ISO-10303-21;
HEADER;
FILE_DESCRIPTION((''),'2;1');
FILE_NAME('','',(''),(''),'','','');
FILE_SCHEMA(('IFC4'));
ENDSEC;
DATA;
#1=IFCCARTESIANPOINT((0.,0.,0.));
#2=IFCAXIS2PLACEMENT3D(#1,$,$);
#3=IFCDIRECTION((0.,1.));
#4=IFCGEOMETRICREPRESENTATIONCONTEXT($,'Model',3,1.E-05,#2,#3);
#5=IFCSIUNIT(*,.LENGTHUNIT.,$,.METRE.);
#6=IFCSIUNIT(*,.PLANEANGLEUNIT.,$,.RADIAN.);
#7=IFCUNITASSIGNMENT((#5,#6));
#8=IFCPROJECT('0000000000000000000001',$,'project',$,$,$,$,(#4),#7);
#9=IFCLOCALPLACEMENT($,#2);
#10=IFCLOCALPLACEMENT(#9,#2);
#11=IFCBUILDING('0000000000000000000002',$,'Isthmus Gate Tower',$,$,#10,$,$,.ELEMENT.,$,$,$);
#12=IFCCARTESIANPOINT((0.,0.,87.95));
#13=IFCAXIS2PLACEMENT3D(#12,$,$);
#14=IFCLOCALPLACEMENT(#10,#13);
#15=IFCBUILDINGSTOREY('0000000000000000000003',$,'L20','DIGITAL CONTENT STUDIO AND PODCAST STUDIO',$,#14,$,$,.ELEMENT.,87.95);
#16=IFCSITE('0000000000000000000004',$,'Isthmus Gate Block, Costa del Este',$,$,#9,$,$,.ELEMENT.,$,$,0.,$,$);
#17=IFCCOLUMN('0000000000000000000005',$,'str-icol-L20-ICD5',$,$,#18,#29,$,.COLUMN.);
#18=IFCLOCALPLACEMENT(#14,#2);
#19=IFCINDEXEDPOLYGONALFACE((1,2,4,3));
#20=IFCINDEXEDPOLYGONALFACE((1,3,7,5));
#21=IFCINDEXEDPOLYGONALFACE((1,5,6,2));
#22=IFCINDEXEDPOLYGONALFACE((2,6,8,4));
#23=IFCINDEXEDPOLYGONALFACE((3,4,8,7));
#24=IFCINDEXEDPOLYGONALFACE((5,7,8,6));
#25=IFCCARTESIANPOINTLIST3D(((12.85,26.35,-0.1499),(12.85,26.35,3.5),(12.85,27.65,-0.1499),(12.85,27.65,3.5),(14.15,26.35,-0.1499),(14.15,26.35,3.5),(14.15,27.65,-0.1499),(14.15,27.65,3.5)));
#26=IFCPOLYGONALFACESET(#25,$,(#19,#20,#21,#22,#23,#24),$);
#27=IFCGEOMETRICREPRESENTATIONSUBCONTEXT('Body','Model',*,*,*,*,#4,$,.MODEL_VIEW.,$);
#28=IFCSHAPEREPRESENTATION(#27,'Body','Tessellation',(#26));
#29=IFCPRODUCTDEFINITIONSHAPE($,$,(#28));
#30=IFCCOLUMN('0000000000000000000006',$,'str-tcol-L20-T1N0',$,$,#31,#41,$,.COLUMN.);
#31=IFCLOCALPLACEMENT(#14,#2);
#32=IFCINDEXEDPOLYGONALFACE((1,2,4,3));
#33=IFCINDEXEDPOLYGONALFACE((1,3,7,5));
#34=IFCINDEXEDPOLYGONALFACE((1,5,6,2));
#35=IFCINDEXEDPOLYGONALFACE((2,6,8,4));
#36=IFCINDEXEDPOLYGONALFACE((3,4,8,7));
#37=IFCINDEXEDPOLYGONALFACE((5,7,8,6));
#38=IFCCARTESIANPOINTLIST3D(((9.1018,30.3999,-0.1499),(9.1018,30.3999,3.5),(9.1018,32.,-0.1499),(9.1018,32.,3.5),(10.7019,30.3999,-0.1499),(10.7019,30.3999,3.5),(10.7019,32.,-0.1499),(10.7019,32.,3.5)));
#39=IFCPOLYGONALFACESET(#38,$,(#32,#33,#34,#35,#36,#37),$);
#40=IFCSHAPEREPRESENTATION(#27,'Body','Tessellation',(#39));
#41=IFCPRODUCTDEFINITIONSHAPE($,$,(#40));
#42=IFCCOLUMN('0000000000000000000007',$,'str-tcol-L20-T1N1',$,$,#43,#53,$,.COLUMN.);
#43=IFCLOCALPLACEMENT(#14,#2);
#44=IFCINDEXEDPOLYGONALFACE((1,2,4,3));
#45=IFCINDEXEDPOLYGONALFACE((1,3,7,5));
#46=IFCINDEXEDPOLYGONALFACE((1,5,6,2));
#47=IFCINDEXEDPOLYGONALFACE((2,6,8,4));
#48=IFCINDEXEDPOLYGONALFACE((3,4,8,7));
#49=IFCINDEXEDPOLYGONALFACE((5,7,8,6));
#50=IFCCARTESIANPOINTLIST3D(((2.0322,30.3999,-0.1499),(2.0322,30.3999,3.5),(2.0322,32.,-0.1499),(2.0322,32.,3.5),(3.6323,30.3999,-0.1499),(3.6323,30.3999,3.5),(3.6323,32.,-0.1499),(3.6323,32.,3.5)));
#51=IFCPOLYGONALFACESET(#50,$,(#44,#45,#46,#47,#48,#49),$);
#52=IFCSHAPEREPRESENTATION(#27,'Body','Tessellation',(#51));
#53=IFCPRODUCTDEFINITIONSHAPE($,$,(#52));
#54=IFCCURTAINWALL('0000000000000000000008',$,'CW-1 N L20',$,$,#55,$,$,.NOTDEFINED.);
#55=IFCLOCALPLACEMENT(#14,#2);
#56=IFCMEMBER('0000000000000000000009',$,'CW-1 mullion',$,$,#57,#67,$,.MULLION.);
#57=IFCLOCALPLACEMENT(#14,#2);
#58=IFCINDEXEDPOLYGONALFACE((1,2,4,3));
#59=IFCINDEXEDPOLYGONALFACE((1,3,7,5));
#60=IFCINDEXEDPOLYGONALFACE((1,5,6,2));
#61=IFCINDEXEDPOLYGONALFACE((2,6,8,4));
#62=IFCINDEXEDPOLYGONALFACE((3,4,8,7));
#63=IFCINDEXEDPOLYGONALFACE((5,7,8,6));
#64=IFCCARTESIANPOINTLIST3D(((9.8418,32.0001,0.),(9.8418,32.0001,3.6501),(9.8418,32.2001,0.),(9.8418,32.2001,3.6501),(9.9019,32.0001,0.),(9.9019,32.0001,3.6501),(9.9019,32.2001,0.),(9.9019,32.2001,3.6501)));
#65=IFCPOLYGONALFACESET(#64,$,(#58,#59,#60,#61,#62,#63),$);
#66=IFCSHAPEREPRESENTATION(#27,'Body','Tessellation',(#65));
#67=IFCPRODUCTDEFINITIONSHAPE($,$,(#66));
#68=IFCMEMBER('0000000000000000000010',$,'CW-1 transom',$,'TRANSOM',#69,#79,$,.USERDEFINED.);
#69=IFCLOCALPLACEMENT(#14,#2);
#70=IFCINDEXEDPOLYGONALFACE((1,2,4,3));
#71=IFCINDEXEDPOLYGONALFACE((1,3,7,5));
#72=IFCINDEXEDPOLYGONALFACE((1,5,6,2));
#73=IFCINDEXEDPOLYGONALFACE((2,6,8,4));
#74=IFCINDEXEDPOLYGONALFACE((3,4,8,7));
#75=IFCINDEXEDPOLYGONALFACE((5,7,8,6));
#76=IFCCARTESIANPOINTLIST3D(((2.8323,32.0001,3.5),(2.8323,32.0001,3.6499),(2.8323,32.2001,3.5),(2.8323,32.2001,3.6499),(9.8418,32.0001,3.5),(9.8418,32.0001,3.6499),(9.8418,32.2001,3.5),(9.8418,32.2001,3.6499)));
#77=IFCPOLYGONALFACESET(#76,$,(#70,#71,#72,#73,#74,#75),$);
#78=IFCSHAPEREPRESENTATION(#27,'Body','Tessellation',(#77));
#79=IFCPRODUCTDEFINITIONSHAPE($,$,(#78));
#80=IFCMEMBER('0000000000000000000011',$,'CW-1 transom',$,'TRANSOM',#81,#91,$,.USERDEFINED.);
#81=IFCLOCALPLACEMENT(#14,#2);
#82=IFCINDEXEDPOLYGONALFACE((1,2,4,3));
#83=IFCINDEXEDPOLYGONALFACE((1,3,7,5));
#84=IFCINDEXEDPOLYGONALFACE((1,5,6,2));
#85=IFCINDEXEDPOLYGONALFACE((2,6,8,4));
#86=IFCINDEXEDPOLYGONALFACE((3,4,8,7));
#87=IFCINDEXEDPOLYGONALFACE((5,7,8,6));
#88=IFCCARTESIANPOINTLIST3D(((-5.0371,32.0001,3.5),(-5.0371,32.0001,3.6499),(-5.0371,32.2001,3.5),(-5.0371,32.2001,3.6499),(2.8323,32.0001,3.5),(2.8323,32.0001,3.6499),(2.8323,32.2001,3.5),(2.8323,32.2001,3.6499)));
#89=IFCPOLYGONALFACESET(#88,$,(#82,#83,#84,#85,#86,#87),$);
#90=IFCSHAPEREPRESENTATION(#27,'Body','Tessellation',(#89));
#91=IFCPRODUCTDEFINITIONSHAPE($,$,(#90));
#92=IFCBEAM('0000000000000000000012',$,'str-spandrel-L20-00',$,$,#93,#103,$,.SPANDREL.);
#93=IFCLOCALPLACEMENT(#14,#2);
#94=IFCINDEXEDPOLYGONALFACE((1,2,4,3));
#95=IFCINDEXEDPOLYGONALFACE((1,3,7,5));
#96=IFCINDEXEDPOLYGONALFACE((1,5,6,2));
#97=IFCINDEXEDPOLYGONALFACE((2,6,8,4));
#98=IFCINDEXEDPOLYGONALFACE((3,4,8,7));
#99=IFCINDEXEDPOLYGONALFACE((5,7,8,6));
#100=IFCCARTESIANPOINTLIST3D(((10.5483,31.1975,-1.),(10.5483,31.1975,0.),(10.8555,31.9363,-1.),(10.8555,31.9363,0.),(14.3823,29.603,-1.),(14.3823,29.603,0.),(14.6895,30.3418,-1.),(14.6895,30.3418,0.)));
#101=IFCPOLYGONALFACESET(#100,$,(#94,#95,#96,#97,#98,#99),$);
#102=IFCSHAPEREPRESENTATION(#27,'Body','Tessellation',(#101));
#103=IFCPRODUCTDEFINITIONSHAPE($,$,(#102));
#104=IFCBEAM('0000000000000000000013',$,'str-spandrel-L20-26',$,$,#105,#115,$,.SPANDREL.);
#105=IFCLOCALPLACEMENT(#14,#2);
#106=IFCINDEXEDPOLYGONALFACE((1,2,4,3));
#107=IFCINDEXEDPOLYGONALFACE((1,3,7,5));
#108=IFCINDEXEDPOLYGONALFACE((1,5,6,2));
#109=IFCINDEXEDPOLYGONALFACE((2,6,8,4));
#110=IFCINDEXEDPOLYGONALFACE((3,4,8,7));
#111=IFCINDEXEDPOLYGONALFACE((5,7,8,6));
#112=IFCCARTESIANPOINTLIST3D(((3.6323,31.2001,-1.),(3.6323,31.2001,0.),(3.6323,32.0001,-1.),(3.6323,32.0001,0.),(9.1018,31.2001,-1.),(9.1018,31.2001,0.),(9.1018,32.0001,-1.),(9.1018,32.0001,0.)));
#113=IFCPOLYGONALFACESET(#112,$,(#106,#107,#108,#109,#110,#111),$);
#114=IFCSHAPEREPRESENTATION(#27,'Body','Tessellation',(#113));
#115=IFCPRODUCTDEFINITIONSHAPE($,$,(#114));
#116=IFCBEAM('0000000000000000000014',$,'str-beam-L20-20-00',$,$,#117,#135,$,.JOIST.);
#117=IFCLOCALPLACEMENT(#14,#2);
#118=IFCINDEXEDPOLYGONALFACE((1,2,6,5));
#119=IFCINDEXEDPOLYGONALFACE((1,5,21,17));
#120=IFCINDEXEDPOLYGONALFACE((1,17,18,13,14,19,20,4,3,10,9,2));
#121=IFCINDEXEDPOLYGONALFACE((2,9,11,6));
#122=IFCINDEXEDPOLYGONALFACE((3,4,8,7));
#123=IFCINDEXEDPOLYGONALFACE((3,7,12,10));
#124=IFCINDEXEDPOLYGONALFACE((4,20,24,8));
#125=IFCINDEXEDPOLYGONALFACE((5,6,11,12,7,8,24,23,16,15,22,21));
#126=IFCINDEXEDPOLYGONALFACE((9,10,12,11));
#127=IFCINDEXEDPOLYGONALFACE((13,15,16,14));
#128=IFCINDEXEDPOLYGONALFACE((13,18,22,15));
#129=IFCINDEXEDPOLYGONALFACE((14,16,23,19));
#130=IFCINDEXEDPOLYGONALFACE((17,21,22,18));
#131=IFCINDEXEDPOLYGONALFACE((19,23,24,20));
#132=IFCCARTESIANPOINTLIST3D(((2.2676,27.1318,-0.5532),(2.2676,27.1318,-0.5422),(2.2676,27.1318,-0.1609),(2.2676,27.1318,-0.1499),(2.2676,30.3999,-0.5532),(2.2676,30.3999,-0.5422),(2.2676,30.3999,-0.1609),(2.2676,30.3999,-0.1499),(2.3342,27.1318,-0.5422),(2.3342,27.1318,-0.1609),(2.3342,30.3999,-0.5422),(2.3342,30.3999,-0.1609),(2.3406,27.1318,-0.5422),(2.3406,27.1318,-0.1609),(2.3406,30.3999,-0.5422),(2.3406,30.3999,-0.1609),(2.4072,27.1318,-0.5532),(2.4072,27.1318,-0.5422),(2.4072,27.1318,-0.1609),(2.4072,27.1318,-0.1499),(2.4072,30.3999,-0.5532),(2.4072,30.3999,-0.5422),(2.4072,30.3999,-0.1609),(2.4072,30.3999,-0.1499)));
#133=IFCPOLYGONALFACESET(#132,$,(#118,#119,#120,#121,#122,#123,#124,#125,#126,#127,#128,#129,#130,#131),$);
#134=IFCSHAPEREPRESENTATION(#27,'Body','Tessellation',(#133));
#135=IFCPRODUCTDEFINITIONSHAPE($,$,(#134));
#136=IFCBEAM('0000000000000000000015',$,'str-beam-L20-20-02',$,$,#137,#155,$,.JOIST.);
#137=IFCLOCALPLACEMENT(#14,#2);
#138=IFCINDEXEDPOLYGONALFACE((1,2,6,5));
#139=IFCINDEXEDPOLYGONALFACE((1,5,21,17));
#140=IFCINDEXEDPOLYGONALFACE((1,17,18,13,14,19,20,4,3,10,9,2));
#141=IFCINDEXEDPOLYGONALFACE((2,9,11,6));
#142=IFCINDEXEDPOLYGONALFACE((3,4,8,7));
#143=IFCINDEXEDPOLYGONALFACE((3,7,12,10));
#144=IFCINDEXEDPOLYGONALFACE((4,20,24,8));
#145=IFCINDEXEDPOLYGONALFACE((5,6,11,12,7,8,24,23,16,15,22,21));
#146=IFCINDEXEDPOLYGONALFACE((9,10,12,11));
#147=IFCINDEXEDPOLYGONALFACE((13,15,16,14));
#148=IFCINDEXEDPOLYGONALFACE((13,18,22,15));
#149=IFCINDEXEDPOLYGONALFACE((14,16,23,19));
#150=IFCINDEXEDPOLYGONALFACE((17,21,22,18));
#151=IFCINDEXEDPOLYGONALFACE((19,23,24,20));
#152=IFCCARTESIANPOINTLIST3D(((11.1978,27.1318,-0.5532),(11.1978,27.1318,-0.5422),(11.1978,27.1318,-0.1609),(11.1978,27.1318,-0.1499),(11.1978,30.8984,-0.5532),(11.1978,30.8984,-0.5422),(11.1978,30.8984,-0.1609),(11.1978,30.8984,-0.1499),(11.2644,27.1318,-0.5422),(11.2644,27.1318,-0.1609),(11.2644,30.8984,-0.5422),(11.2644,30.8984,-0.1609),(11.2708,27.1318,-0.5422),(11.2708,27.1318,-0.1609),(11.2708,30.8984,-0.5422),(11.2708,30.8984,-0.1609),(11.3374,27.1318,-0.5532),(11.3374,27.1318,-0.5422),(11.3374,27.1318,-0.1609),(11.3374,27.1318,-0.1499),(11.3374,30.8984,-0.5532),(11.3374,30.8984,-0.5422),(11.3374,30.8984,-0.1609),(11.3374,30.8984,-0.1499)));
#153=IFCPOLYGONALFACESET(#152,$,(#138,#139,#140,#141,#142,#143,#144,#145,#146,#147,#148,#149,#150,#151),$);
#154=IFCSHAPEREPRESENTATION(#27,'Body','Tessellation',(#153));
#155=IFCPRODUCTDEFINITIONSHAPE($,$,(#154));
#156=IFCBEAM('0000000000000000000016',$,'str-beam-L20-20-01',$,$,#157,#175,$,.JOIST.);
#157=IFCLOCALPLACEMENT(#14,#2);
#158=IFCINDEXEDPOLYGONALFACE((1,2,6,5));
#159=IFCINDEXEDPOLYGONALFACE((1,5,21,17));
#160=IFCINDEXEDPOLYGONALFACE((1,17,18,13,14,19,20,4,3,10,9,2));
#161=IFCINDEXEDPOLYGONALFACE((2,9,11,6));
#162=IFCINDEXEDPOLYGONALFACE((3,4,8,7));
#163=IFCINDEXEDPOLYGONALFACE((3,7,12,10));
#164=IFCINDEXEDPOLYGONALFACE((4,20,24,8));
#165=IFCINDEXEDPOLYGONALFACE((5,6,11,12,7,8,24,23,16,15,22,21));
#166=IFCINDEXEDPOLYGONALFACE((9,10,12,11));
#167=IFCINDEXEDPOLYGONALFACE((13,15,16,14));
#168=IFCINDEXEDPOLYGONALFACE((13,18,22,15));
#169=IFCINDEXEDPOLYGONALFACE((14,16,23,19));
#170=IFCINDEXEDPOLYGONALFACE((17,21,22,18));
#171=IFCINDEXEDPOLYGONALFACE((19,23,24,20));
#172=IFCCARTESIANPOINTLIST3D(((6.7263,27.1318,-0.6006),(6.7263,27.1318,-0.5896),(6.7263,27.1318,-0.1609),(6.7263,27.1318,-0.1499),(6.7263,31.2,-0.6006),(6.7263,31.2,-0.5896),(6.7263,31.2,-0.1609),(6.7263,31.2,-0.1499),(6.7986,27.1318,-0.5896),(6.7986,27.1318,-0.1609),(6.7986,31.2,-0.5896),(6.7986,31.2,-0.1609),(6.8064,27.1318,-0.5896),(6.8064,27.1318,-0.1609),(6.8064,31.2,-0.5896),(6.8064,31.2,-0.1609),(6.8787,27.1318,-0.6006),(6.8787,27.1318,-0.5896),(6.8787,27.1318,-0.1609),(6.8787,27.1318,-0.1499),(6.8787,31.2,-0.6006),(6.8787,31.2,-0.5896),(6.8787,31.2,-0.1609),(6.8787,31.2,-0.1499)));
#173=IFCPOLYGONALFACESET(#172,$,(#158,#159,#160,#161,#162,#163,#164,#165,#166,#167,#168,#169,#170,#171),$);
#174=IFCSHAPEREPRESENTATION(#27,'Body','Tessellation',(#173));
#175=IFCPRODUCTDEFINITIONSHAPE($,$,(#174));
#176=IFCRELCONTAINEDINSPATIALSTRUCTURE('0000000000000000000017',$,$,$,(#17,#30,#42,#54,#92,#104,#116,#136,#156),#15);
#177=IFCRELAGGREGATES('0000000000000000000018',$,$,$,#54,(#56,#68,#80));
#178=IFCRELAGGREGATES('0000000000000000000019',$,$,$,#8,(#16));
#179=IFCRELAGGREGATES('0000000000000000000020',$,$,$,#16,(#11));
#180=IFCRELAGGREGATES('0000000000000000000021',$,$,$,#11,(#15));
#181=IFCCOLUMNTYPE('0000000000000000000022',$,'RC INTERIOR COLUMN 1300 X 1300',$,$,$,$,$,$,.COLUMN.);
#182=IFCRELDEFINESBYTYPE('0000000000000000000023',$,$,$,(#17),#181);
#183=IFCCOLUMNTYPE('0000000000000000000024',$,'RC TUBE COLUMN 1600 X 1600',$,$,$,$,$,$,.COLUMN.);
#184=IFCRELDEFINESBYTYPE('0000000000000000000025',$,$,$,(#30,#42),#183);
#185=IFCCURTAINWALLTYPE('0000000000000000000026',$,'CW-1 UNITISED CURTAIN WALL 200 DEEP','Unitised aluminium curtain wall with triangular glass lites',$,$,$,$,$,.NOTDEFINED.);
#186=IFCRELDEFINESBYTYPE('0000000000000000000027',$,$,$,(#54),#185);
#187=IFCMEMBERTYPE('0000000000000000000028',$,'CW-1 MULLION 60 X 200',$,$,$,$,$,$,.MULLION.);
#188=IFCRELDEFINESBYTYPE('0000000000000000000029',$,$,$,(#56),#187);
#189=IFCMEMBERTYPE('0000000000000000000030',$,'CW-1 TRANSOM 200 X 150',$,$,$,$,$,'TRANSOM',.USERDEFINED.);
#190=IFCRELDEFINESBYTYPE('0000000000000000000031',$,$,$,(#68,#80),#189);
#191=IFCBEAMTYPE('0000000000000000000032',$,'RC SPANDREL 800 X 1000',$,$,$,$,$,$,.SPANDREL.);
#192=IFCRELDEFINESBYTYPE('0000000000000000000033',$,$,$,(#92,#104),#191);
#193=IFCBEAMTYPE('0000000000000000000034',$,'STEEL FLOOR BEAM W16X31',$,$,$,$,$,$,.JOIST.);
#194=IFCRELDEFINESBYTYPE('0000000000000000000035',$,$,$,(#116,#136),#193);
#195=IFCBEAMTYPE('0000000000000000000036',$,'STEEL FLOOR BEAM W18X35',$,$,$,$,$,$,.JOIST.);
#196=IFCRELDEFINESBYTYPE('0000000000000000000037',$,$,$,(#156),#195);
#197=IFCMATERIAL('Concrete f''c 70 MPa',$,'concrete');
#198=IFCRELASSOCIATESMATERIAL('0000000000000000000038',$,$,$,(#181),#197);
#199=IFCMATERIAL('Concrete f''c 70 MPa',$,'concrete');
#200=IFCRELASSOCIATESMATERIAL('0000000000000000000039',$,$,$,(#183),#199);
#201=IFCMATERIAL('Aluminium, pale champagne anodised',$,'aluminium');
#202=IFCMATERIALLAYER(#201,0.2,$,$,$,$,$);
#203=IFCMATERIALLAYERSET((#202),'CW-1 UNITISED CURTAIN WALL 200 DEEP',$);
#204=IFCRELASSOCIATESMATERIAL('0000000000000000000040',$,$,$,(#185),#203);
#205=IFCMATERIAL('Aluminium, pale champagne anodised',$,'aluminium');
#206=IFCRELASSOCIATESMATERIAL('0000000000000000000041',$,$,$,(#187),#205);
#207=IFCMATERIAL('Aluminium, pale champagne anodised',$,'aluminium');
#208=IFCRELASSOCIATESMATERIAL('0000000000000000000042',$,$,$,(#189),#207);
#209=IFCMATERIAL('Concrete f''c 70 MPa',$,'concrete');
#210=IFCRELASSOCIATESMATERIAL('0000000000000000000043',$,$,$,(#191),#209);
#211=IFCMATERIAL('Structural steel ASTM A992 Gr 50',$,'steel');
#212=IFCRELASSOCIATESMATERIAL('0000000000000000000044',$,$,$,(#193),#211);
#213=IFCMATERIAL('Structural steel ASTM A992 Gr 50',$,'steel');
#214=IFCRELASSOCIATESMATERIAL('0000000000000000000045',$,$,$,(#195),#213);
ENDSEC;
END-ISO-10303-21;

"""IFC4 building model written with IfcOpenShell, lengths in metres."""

from ifc_helpers import new_model, si_unit, direction, frame, origin, origin_2d, place, context, subcontext, project, spatial, rectangle, i_section, extrude, material, layer, layer_set, material_profile, profile_set, type_object, element, aggregate, save


model = new_model("IFC4")

# Units and contexts
model_context = context("Model", 3, precision=1e-05, world=origin(), true_north=direction((0.0, 1.0)))
body_context = subcontext(model_context, "Body", "Model", "MODEL_VIEW")
ifc_project = project(units=[si_unit("LENGTHUNIT", "METRE"), si_unit("PLANEANGLEUNIT", "RADIAN")], contexts=[model_context])

# Site, building, storey
site_placement = place(None, origin())
site = spatial("IfcSite", under=ifc_project, at=site_placement, Name="Isthmus Gate Block, Costa del Este", CompositionType="ELEMENT", RefElevation=0.0)
building_placement = place(site_placement, origin())
building = spatial("IfcBuilding", under=site, at=building_placement, Name="Isthmus Gate Tower", CompositionType="ELEMENT")
storey_placement = place(building_placement, frame((0.0, 0.0, 87.95)))
storey = spatial("IfcBuildingStorey", under=building, at=storey_placement, Name="L20", Description="DIGITAL CONTENT STUDIO AND PODCAST STUDIO", CompositionType="ELEMENT", Elevation=87.95)

# Columns
ifc_material_1 = material(Name="Concrete f'c 70 MPa", Category="concrete")
ifc_material_profile_1 = material_profile(ifc_material_1, rectangle(XDim=1.3, YDim=1.3, at=origin_2d()), Name="RC 1300X1300")
ifc_profile_set_1 = profile_set([ifc_material_profile_1], Name="Concrete f'c 70 MPa")
column_type_1 = type_object("IfcColumnType", Name="RC INTERIOR COLUMN 1300 X 1300", PredefinedType="COLUMN", material=ifc_profile_set_1)
column_placement = place(storey_placement, frame((13.5, 27.0, -0.1499), z_axis=(0.0, 0.0, 1.0), x_axis=(1.0, 0.0, 0.0)))
element("IfcColumn", 1, at=column_placement, inside=storey, type_object=column_type_1, Name="str-icol-L20-ICD5", PredefinedType="COLUMN", context=body_context, shape_type="SweptSolid", body=[
    extrude(rectangle(XDim=1.3, YDim=1.3, at=origin_2d()), origin(), (0.0, 0.0, 1.0), 3.6499),
])
ifc_material_2 = material(Name="Concrete f'c 70 MPa", Category="concrete")
ifc_material_profile_2 = material_profile(ifc_material_2, rectangle(XDim=1.6001, YDim=1.6001, at=origin_2d()), Name="RC 1600X1600")
ifc_profile_set_2 = profile_set([ifc_material_profile_2], Name="Concrete f'c 70 MPa")
column_type_2 = type_object("IfcColumnType", Name="RC TUBE COLUMN 1600 X 1600", PredefinedType="COLUMN", material=ifc_profile_set_2)
for number, where, z_axis, x_axis, name in (
    (2, (9.9019, 31.2, -0.1499), (0.0, 0.0, 1.0), (-1.0, 0.0, 0.0), "str-tcol-L20-T1N0"),
    (3, (2.8323, 31.2, -0.1499), (0.0, 0.0, 1.0), (-1.0, 0.0, 0.0), "str-tcol-L20-T1N1"),
):
    element("IfcColumn", number, at=place(storey_placement, frame(where, z_axis=z_axis, x_axis=x_axis)), inside=storey, type_object=column_type_2, Name=name, PredefinedType="COLUMN", context=body_context, shape_type="SweptSolid", body=[
        extrude(rectangle(XDim=1.6001, YDim=1.6001, at=origin_2d()), origin(), (0.0, 0.0, 1.0), 3.6499),
    ])

# Curtain wall, members
ifc_material_3 = material(Name="Aluminium, pale champagne anodised", Category="aluminium")
ifc_layer_1 = layer(ifc_material_3, 0.2)
ifc_layer_set_1 = layer_set([ifc_layer_1], Name="CW-1 UNITISED CURTAIN WALL 200 DEEP")
curtain_wall_type = type_object("IfcCurtainWallType", Name="CW-1 UNITISED CURTAIN WALL 200 DEEP", Description="Unitised aluminium curtain wall with triangular glass lites", PredefinedType="NOTDEFINED", material=ifc_layer_set_1)
curtain_wall_1_placement = place(storey_placement, origin())
curtain_wall_1 = element("IfcCurtainWall", 4, at=curtain_wall_1_placement, inside=storey, type_object=curtain_wall_type, Name="CW-1 N L20", PredefinedType="NOTDEFINED")
ifc_material_4 = material(Name="Aluminium, pale champagne anodised", Category="aluminium")
ifc_material_profile_3 = material_profile(ifc_material_4, rectangle(XDim=0.0601, YDim=0.2, at=origin_2d()), Name="60x200")
ifc_profile_set_3 = profile_set([ifc_material_profile_3], Name="Aluminium, pale champagne anodised")
member_type_1 = type_object("IfcMemberType", Name="CW-1 MULLION 60 X 200", PredefinedType="MULLION", material=ifc_profile_set_3)
member_1_placement = place(storey_placement, frame((9.8718, 32.1001, 0.0), z_axis=(0.0, 0.0, 1.0), x_axis=(-1.0, 0.0, 0.0)))
member_1 = element("IfcMember", 5, at=member_1_placement, type_object=member_type_1, Name="CW-1 mullion", PredefinedType="MULLION", context=body_context, shape_type="SweptSolid", body=[
    extrude(rectangle(XDim=0.0601, YDim=0.2, at=origin_2d()), origin(), (0.0, 0.0, 1.0), 3.6501),
])
ifc_material_5 = material(Name="Aluminium, pale champagne anodised", Category="aluminium")
ifc_material_profile_4 = material_profile(ifc_material_5, rectangle(XDim=0.2, YDim=0.1499, at=origin_2d()), Name="200x150")
ifc_profile_set_4 = profile_set([ifc_material_profile_4], Name="Aluminium, pale champagne anodised")
member_type_2 = type_object("IfcMemberType", Name="CW-1 TRANSOM 200 X 150", ElementType="TRANSOM", PredefinedType="USERDEFINED", material=ifc_profile_set_4)
member_2_placement = place(storey_placement, frame((9.8418, 32.1001, 3.575), z_axis=(-1.0, 0.0, 0.0), x_axis=(0.0, -1.0, 0.0)))
member_2 = element("IfcMember", 6, at=member_2_placement, type_object=member_type_2, Name="CW-1 transom", ObjectType="TRANSOM", PredefinedType="USERDEFINED", context=body_context, shape_type="SweptSolid", body=[
    extrude(rectangle(XDim=0.2, YDim=0.1499, at=origin_2d()), origin(), (0.0, 0.0, 1.0), 7.0095),
])
member_3_placement = place(storey_placement, frame((2.8323, 32.1001, 3.575), z_axis=(-1.0, 0.0, 0.0), x_axis=(0.0, -1.0, 0.0)))
member_3 = element("IfcMember", 7, at=member_3_placement, type_object=member_type_2, Name="CW-1 transom", ObjectType="TRANSOM", PredefinedType="USERDEFINED", context=body_context, shape_type="SweptSolid", body=[
    extrude(rectangle(XDim=0.2, YDim=0.1499, at=origin_2d()), origin(), (0.0, 0.0, 1.0), 7.8694),
])

# Beams
ifc_material_6 = material(Name="Concrete f'c 70 MPa", Category="concrete")
ifc_material_profile_5 = material_profile(ifc_material_6, rectangle(XDim=0.8, YDim=1.0, at=origin_2d()), Name="RC 800X1000")
ifc_profile_set_5 = profile_set([ifc_material_profile_5], Name="Concrete f'c 70 MPa")
beam_type_1 = type_object("IfcBeamType", Name="RC SPANDREL 800 X 1000", PredefinedType="SPANDREL", material=ifc_profile_set_5)
beam_1_placement = place(storey_placement, frame((10.7019, 31.5669, -0.5), z_axis=(0.923334, -0.383997, 0.0), x_axis=(0.383997, 0.923334, 0.0)))
element("IfcBeam", 8, at=beam_1_placement, inside=storey, type_object=beam_type_1, Name="str-spandrel-L20-00", PredefinedType="SPANDREL", context=body_context, shape_type="SweptSolid", body=[
    extrude(rectangle(XDim=0.8, YDim=1.0, at=origin_2d()), origin(), (0.0, 0.0, 1.0), 4.1523),
])
beam_2_placement = place(storey_placement, frame((3.6323, 31.6001, -0.5), z_axis=(1.0, 0.0, 0.0), x_axis=(0.0, 1.0, 0.0)))
element("IfcBeam", 9, at=beam_2_placement, inside=storey, type_object=beam_type_1, Name="str-spandrel-L20-26", PredefinedType="SPANDREL", context=body_context, shape_type="SweptSolid", body=[
    extrude(rectangle(XDim=0.8, YDim=1.0, at=origin_2d()), origin(), (0.0, 0.0, 1.0), 5.4695),
])
ifc_material_7 = material(Name="Structural steel ASTM A992 Gr 50", Category="steel")
ifc_material_profile_6 = material_profile(ifc_material_7, i_section(OverallWidth=0.1396, OverallDepth=0.4033, WebThickness=0.0063, FlangeThickness=0.011, at=origin_2d()), Name="W16X31")
ifc_profile_set_6 = profile_set([ifc_material_profile_6], Name="Structural steel ASTM A992 Gr 50")
beam_type_2 = type_object("IfcBeamType", Name="STEEL FLOOR BEAM W16X31", PredefinedType="JOIST", material=ifc_profile_set_6)
beam_3_placement = place(storey_placement, frame((2.3374, 27.1318, -0.3516), z_axis=(0.0, 1.0, 0.0), x_axis=(-1.0, 0.0, 0.0)))
element("IfcBeam", 10, at=beam_3_placement, inside=storey, type_object=beam_type_2, Name="str-beam-L20-20-00", PredefinedType="JOIST", context=body_context, shape_type="SweptSolid", body=[
    extrude(i_section(OverallWidth=0.1396, OverallDepth=0.4033, WebThickness=0.0063, FlangeThickness=0.011, at=origin_2d()), origin(), (0.0, 0.0, 1.0), 3.2681),
])
beam_4_placement = place(storey_placement, frame((11.2676, 27.1318, -0.3516), z_axis=(0.0, 1.0, 0.0), x_axis=(-1.0, 0.0, 0.0)))
element("IfcBeam", 11, at=beam_4_placement, inside=storey, type_object=beam_type_2, Name="str-beam-L20-20-02", PredefinedType="JOIST", context=body_context, shape_type="SweptSolid", body=[
    extrude(i_section(OverallWidth=0.1396, OverallDepth=0.4033, WebThickness=0.0063, FlangeThickness=0.011, at=origin_2d()), origin(), (0.0, 0.0, 1.0), 3.7666),
])
ifc_material_8 = material(Name="Structural steel ASTM A992 Gr 50", Category="steel")
ifc_material_profile_7 = material_profile(ifc_material_8, i_section(OverallWidth=0.1523, OverallDepth=0.4507, WebThickness=0.0078, FlangeThickness=0.011, at=origin_2d()), Name="W18X35")
ifc_profile_set_7 = profile_set([ifc_material_profile_7], Name="Structural steel ASTM A992 Gr 50")
beam_type_3 = type_object("IfcBeamType", Name="STEEL FLOOR BEAM W18X35", PredefinedType="JOIST", material=ifc_profile_set_7)
beam_5_placement = place(storey_placement, frame((6.8025, 27.1318, -0.3752), z_axis=(0.0, 1.0, 0.0), x_axis=(-1.0, 0.0, 0.0)))
element("IfcBeam", 12, at=beam_5_placement, inside=storey, type_object=beam_type_3, Name="str-beam-L20-20-01", PredefinedType="JOIST", context=body_context, shape_type="SweptSolid", body=[
    extrude(i_section(OverallWidth=0.1523, OverallDepth=0.4507, WebThickness=0.0078, FlangeThickness=0.011, at=origin_2d()), origin(), (0.0, 0.0, 1.0), 4.0681),
])

aggregate(curtain_wall_1, [member_1, member_2, member_3])

save(model, "model.ifc")
